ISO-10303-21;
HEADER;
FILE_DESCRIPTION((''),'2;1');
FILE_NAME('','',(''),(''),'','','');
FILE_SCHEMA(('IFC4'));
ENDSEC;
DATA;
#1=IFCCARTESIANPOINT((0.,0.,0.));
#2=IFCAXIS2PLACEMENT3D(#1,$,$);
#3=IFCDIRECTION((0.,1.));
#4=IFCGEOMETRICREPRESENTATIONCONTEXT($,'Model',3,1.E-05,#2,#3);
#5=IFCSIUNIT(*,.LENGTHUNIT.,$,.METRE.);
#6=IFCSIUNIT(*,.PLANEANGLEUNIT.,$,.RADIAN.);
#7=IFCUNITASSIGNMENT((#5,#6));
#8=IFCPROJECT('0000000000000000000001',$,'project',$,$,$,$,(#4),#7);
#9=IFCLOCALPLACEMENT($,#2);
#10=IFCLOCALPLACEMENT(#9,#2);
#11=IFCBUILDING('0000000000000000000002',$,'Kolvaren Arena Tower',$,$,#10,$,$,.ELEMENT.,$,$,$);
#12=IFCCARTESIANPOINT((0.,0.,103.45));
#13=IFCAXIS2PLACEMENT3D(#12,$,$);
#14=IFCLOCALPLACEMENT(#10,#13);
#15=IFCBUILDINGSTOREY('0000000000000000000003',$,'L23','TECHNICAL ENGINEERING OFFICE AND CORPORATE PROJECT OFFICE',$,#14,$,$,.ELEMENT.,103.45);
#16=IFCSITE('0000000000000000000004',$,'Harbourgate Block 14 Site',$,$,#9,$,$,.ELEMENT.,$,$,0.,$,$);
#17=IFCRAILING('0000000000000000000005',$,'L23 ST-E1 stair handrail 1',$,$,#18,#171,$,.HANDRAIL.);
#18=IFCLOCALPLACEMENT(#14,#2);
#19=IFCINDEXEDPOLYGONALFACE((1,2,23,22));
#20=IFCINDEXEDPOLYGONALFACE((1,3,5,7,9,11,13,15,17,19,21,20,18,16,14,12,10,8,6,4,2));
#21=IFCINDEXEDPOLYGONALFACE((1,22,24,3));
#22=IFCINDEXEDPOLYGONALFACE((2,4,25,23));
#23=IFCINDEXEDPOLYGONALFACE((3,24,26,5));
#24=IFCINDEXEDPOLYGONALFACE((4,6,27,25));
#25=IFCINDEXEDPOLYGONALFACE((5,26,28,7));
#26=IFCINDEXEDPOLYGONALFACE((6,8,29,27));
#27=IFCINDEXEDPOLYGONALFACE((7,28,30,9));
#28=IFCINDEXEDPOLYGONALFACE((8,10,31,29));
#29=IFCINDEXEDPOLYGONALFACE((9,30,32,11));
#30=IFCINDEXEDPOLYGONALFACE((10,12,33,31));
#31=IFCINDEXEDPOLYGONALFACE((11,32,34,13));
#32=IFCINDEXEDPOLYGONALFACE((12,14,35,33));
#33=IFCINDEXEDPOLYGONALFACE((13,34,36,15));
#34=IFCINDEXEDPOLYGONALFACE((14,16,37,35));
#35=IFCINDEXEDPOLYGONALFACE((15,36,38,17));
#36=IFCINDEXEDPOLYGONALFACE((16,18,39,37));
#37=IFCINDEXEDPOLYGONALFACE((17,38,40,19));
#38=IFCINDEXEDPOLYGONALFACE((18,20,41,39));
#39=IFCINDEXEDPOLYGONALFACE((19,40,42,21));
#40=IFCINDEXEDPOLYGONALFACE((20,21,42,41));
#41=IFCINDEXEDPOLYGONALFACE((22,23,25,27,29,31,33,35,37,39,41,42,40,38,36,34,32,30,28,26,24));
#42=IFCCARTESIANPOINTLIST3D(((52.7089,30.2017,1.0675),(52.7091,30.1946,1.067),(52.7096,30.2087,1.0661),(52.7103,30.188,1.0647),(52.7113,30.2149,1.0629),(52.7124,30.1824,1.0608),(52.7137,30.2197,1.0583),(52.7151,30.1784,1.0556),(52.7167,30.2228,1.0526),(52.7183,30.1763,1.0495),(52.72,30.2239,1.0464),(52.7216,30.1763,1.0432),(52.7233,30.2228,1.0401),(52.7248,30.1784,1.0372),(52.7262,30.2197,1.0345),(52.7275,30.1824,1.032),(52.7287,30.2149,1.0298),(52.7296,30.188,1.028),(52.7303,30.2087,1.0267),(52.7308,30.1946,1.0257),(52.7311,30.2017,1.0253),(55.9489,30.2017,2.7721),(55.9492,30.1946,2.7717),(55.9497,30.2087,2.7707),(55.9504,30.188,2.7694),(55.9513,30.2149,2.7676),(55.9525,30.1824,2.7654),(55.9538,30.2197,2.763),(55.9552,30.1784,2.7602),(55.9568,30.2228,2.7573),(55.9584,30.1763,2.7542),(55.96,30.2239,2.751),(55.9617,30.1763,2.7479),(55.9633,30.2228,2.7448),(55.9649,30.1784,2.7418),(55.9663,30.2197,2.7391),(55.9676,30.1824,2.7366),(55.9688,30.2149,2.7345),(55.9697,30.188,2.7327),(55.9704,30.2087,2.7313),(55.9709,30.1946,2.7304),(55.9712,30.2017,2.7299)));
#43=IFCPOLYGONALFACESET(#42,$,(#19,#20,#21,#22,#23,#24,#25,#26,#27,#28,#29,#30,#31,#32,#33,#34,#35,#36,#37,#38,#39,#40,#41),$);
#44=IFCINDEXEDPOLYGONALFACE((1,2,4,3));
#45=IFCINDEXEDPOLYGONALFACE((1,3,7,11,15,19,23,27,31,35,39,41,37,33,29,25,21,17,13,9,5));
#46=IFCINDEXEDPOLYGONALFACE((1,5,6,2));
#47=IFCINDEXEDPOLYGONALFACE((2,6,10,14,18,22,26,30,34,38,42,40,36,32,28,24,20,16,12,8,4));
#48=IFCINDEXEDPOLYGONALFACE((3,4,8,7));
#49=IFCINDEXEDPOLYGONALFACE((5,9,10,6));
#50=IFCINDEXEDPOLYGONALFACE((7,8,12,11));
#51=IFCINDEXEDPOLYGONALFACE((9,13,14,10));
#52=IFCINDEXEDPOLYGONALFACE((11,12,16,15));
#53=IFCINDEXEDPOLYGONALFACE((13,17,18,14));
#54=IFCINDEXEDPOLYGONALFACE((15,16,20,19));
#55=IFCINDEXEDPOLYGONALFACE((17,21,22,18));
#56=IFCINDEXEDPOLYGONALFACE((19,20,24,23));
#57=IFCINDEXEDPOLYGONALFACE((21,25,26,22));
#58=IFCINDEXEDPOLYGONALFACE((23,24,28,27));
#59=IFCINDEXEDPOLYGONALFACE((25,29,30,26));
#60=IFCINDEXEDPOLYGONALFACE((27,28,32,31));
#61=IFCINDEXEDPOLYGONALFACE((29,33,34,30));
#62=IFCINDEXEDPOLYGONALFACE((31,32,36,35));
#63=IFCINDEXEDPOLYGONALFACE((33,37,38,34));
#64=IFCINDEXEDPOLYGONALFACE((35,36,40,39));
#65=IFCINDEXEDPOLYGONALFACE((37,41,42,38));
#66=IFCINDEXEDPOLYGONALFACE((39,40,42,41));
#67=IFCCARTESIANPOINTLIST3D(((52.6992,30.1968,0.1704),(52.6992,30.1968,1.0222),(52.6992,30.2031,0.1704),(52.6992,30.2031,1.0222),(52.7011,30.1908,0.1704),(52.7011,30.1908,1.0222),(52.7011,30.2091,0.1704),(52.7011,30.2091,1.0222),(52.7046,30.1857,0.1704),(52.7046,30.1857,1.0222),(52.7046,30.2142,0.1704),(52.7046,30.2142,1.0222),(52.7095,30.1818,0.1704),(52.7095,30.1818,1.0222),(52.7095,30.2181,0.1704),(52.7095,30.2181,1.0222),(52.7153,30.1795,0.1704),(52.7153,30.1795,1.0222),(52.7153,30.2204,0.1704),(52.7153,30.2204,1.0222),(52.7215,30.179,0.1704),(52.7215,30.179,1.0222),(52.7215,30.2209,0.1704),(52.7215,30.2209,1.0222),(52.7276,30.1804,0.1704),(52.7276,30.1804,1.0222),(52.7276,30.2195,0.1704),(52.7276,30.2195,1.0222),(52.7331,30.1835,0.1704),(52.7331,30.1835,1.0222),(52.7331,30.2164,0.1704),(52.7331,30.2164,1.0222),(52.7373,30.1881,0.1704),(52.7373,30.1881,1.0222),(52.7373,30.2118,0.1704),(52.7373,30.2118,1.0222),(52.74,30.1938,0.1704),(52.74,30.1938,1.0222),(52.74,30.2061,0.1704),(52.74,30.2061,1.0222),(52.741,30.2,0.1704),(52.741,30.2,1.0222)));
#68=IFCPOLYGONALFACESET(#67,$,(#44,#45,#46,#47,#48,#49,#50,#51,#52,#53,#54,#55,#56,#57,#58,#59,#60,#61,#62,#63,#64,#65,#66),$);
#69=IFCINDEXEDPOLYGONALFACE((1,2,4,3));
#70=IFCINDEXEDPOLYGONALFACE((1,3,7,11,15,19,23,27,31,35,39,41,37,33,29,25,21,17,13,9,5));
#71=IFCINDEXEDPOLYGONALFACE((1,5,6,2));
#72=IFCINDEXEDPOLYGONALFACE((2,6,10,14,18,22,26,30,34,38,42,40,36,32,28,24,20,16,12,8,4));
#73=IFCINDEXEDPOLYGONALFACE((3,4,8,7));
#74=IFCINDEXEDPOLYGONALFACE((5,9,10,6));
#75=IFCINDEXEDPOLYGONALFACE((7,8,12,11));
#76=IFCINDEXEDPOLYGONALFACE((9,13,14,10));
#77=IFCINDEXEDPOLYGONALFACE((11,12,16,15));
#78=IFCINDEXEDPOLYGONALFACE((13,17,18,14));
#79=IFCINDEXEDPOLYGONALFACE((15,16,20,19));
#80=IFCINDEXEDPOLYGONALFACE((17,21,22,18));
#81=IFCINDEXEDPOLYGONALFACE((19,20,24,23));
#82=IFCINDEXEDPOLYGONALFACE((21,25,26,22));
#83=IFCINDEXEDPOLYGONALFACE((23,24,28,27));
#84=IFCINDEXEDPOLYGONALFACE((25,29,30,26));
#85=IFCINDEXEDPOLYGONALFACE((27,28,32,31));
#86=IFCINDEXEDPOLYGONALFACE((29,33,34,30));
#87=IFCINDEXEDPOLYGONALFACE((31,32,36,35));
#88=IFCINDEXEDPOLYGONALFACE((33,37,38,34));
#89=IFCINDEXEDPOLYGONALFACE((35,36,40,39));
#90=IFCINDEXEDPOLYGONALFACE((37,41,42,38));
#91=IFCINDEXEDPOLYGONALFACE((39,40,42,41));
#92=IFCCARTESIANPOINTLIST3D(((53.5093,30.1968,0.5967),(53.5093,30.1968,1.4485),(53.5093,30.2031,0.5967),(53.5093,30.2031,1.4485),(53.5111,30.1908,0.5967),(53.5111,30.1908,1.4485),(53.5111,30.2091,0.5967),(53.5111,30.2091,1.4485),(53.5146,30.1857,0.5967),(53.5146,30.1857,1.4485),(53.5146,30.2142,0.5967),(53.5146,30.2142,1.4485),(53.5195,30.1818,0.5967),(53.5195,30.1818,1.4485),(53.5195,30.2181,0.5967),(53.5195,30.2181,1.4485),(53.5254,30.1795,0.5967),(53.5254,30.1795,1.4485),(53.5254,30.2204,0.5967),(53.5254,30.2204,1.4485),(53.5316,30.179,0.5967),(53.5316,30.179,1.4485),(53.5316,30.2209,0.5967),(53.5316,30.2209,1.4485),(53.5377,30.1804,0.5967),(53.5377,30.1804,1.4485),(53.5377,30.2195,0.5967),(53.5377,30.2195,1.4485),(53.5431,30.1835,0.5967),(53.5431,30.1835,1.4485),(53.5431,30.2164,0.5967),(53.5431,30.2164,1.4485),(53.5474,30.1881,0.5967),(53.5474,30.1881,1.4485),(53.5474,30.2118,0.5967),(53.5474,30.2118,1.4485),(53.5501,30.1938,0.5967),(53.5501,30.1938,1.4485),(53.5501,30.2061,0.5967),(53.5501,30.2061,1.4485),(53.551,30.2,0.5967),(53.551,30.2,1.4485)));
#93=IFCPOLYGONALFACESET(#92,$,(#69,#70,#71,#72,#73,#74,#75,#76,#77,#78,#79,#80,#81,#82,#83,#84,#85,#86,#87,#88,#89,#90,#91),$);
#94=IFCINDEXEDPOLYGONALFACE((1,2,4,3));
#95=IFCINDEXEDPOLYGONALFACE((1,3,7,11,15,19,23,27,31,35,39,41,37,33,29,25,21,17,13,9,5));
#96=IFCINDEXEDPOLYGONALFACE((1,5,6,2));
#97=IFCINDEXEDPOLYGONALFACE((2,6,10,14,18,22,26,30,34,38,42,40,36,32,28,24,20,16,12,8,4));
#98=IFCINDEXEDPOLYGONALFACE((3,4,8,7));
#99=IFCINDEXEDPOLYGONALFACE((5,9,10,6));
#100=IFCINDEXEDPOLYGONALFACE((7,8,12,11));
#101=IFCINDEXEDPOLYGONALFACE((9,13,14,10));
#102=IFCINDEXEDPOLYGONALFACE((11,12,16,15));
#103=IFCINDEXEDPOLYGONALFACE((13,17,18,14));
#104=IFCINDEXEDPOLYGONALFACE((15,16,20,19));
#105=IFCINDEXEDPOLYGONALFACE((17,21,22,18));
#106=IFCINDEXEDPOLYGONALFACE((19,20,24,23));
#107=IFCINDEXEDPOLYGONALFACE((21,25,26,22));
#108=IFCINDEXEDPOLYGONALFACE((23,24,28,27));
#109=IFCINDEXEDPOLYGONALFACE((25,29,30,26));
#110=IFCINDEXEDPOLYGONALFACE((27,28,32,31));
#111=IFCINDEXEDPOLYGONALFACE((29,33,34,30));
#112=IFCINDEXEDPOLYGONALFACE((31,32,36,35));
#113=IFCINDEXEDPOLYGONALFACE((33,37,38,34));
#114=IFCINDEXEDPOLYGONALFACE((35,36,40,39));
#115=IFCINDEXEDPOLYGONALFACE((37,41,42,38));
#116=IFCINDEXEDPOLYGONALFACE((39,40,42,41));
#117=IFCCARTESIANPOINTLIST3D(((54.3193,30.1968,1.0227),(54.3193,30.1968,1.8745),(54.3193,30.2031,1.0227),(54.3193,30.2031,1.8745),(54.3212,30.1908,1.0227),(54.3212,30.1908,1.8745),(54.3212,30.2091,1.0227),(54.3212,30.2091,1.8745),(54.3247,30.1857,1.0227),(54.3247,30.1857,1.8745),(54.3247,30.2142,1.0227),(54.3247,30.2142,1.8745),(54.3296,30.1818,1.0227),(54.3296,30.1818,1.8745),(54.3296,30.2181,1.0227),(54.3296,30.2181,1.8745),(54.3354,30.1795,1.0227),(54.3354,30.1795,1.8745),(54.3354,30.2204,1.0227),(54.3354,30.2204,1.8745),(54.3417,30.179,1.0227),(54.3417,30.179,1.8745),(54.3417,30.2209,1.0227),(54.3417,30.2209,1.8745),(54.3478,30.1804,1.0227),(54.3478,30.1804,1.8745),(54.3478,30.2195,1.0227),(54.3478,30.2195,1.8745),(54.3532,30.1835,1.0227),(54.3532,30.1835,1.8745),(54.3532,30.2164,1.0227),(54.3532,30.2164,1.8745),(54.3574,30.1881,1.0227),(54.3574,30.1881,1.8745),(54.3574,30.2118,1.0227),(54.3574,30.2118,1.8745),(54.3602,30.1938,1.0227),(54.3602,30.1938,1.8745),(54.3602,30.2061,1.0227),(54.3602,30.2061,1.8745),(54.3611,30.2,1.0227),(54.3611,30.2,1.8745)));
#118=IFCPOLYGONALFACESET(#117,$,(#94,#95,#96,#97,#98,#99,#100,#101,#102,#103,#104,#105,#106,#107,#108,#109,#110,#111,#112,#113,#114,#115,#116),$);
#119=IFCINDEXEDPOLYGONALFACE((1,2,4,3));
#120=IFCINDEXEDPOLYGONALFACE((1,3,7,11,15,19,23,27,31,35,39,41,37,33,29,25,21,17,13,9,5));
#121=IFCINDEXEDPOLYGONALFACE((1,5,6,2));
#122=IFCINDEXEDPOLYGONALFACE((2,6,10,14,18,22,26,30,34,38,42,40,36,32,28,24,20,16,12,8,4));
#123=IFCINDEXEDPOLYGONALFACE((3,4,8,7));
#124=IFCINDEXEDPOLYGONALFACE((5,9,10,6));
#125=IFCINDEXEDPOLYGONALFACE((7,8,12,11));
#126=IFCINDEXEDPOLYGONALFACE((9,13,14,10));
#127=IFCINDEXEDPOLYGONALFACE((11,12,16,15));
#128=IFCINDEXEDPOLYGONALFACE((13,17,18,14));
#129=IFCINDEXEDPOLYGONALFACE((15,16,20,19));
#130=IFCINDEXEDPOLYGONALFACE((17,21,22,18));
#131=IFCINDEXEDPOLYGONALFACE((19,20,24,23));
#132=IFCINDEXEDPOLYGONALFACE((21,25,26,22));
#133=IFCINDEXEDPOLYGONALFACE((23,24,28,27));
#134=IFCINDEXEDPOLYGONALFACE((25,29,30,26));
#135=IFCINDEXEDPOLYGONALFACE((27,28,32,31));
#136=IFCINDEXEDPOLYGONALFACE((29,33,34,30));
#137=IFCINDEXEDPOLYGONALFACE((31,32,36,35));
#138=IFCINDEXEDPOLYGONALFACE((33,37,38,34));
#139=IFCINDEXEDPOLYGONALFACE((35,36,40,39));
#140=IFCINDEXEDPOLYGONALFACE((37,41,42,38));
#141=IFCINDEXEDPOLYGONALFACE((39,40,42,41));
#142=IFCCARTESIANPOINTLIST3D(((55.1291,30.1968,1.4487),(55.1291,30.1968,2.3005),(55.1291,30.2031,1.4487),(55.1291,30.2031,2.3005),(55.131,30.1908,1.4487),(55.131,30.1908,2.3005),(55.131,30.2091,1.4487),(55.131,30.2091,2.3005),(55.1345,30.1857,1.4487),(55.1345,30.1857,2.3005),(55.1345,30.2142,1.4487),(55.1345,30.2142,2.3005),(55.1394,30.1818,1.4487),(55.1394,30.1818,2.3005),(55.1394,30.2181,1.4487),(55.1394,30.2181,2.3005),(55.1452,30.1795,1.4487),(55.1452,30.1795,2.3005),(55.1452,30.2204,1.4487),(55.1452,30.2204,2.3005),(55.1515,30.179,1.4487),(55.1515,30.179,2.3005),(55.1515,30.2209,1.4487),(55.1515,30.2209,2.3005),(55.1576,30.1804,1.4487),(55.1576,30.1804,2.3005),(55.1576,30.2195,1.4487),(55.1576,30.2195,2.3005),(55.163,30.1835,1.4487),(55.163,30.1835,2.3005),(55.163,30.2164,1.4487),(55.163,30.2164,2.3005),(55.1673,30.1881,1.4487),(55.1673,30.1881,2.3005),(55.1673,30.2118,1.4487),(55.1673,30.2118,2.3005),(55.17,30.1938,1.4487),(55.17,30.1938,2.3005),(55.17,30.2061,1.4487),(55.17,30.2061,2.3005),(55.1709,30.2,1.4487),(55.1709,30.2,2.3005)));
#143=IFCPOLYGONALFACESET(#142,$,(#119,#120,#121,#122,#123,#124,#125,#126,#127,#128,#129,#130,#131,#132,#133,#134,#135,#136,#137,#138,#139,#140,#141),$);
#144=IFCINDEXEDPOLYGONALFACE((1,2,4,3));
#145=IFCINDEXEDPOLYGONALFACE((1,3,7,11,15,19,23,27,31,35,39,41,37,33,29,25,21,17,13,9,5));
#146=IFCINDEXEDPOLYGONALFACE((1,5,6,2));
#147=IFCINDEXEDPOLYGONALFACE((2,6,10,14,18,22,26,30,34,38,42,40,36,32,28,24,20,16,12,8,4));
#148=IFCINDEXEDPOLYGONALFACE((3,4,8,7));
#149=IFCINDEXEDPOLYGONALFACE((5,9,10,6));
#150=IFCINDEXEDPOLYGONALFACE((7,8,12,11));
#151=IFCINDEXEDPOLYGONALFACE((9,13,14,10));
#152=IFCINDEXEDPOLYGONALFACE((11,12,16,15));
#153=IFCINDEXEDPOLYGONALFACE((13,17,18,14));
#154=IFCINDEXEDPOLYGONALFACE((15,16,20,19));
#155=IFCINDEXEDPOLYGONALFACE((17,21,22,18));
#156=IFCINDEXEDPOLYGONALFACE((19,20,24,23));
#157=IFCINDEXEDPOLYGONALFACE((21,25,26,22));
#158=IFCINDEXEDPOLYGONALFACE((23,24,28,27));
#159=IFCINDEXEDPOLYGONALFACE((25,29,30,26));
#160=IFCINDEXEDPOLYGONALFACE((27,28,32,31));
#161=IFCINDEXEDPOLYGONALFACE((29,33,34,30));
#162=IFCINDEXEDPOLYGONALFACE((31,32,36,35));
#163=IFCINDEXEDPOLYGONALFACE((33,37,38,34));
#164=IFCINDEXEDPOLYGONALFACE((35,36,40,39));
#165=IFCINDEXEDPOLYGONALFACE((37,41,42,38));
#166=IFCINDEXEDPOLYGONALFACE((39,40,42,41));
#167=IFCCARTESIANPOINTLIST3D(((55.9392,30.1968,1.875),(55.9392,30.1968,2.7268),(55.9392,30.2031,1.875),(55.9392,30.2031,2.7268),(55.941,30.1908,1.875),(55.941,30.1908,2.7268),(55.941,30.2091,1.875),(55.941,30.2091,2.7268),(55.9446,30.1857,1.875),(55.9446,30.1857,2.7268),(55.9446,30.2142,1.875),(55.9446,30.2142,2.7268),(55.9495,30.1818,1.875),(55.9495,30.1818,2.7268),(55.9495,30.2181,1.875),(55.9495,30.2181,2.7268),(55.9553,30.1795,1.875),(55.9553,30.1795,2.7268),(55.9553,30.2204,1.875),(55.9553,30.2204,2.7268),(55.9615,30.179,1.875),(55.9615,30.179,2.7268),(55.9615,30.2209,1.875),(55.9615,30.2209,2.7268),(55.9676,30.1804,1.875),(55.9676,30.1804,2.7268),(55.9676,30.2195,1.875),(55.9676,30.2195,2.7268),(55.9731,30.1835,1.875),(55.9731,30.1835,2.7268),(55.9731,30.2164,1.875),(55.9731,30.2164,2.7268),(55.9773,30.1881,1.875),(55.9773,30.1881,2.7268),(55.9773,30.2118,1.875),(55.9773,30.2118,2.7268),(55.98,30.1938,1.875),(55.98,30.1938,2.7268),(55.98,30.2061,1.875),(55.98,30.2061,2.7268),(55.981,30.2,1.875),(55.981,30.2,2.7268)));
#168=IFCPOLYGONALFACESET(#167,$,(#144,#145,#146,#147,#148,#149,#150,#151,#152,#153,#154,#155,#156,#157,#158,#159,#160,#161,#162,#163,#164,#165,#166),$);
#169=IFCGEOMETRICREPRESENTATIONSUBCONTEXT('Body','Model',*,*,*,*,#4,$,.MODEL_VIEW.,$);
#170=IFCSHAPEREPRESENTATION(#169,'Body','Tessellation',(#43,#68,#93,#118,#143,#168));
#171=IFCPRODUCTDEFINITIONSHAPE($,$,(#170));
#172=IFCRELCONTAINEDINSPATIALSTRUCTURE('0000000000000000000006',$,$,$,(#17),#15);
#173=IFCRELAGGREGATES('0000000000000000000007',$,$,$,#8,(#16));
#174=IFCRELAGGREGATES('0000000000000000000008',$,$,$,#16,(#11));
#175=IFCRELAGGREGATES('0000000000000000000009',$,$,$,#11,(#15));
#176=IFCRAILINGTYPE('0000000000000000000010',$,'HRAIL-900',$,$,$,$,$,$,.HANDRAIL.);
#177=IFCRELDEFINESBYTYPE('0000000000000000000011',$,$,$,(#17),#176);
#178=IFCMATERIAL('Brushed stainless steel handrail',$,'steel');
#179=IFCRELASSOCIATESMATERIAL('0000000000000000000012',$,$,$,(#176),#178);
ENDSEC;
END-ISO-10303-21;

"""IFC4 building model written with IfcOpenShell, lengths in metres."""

from ifc_helpers import new_model, si_unit, direction, frame, origin, origin_2d, place, context, subcontext, project, spatial, circle, extrude, material, type_object, element, save


model = new_model("IFC4")

# Units and contexts
model_context = context("Model", 3, precision=1e-05, world=origin(), true_north=direction((0.0, 1.0)))
body_context = subcontext(model_context, "Body", "Model", "MODEL_VIEW")
ifc_project = project(units=[si_unit("LENGTHUNIT", "METRE"), si_unit("PLANEANGLEUNIT", "RADIAN")], contexts=[model_context])

# Site, building, storey
site_placement = place(None, origin())
site = spatial("IfcSite", under=ifc_project, at=site_placement, Name="Harbourgate Block 14 Site", CompositionType="ELEMENT", RefElevation=0.0)
building_placement = place(site_placement, origin())
building = spatial("IfcBuilding", under=site, at=building_placement, Name="Kolvaren Arena Tower", CompositionType="ELEMENT")
storey_placement = place(building_placement, frame((0.0, 0.0, 103.45)))
storey = spatial("IfcBuildingStorey", under=building, at=storey_placement, Name="L23", Description="TECHNICAL ENGINEERING OFFICE AND CORPORATE PROJECT OFFICE", CompositionType="ELEMENT", Elevation=103.45)

# Railing
ifc_material_1 = material(Name="Brushed stainless steel handrail", Category="steel")
railing_type_1 = type_object("IfcRailingType", Name="HRAIL-900", PredefinedType="HANDRAIL", material=ifc_material_1)
for number, where, name in (
    (1, (52.72, 30.2, 0.1704), "L23 ST-E1 stair handrail 1"),
):
    element("IfcRailing", number, at=place(storey_placement, frame(where)), inside=storey, type_object=railing_type_1, Name=name, PredefinedType="HANDRAIL", context=body_context, shape_type="SweptSolid", body=[
        extrude(circle(Radius=0.0239, at=origin_2d()), frame((0.0, 0.0, 0.876), z_axis=(0.884993, 0.0, 0.465604), x_axis=(0.0, 1.0, 0.0)), (0.0, 0.0, 1.0), 3.6611),
        extrude(circle(Radius=0.021, at=origin_2d()), origin(), (0.0, 0.0, 1.0), 0.8518),
        extrude(circle(Radius=0.021, at=origin_2d()), frame((0.8101, 0.0, 0.4263)), (0.0, 0.0, 1.0), 0.8518),
        extrude(circle(Radius=0.021, at=origin_2d()), frame((1.6201, 0.0, 0.8523)), (0.0, 0.0, 1.0), 0.8518),
        extrude(circle(Radius=0.021, at=origin_2d()), frame((2.4299, 0.0, 1.2783)), (0.0, 0.0, 1.0), 0.8518),
        extrude(circle(Radius=0.021, at=origin_2d()), frame((3.24, 0.0, 1.7046)), (0.0, 0.0, 1.0), 0.8518),
    ])

save(model, "model.ifc")
